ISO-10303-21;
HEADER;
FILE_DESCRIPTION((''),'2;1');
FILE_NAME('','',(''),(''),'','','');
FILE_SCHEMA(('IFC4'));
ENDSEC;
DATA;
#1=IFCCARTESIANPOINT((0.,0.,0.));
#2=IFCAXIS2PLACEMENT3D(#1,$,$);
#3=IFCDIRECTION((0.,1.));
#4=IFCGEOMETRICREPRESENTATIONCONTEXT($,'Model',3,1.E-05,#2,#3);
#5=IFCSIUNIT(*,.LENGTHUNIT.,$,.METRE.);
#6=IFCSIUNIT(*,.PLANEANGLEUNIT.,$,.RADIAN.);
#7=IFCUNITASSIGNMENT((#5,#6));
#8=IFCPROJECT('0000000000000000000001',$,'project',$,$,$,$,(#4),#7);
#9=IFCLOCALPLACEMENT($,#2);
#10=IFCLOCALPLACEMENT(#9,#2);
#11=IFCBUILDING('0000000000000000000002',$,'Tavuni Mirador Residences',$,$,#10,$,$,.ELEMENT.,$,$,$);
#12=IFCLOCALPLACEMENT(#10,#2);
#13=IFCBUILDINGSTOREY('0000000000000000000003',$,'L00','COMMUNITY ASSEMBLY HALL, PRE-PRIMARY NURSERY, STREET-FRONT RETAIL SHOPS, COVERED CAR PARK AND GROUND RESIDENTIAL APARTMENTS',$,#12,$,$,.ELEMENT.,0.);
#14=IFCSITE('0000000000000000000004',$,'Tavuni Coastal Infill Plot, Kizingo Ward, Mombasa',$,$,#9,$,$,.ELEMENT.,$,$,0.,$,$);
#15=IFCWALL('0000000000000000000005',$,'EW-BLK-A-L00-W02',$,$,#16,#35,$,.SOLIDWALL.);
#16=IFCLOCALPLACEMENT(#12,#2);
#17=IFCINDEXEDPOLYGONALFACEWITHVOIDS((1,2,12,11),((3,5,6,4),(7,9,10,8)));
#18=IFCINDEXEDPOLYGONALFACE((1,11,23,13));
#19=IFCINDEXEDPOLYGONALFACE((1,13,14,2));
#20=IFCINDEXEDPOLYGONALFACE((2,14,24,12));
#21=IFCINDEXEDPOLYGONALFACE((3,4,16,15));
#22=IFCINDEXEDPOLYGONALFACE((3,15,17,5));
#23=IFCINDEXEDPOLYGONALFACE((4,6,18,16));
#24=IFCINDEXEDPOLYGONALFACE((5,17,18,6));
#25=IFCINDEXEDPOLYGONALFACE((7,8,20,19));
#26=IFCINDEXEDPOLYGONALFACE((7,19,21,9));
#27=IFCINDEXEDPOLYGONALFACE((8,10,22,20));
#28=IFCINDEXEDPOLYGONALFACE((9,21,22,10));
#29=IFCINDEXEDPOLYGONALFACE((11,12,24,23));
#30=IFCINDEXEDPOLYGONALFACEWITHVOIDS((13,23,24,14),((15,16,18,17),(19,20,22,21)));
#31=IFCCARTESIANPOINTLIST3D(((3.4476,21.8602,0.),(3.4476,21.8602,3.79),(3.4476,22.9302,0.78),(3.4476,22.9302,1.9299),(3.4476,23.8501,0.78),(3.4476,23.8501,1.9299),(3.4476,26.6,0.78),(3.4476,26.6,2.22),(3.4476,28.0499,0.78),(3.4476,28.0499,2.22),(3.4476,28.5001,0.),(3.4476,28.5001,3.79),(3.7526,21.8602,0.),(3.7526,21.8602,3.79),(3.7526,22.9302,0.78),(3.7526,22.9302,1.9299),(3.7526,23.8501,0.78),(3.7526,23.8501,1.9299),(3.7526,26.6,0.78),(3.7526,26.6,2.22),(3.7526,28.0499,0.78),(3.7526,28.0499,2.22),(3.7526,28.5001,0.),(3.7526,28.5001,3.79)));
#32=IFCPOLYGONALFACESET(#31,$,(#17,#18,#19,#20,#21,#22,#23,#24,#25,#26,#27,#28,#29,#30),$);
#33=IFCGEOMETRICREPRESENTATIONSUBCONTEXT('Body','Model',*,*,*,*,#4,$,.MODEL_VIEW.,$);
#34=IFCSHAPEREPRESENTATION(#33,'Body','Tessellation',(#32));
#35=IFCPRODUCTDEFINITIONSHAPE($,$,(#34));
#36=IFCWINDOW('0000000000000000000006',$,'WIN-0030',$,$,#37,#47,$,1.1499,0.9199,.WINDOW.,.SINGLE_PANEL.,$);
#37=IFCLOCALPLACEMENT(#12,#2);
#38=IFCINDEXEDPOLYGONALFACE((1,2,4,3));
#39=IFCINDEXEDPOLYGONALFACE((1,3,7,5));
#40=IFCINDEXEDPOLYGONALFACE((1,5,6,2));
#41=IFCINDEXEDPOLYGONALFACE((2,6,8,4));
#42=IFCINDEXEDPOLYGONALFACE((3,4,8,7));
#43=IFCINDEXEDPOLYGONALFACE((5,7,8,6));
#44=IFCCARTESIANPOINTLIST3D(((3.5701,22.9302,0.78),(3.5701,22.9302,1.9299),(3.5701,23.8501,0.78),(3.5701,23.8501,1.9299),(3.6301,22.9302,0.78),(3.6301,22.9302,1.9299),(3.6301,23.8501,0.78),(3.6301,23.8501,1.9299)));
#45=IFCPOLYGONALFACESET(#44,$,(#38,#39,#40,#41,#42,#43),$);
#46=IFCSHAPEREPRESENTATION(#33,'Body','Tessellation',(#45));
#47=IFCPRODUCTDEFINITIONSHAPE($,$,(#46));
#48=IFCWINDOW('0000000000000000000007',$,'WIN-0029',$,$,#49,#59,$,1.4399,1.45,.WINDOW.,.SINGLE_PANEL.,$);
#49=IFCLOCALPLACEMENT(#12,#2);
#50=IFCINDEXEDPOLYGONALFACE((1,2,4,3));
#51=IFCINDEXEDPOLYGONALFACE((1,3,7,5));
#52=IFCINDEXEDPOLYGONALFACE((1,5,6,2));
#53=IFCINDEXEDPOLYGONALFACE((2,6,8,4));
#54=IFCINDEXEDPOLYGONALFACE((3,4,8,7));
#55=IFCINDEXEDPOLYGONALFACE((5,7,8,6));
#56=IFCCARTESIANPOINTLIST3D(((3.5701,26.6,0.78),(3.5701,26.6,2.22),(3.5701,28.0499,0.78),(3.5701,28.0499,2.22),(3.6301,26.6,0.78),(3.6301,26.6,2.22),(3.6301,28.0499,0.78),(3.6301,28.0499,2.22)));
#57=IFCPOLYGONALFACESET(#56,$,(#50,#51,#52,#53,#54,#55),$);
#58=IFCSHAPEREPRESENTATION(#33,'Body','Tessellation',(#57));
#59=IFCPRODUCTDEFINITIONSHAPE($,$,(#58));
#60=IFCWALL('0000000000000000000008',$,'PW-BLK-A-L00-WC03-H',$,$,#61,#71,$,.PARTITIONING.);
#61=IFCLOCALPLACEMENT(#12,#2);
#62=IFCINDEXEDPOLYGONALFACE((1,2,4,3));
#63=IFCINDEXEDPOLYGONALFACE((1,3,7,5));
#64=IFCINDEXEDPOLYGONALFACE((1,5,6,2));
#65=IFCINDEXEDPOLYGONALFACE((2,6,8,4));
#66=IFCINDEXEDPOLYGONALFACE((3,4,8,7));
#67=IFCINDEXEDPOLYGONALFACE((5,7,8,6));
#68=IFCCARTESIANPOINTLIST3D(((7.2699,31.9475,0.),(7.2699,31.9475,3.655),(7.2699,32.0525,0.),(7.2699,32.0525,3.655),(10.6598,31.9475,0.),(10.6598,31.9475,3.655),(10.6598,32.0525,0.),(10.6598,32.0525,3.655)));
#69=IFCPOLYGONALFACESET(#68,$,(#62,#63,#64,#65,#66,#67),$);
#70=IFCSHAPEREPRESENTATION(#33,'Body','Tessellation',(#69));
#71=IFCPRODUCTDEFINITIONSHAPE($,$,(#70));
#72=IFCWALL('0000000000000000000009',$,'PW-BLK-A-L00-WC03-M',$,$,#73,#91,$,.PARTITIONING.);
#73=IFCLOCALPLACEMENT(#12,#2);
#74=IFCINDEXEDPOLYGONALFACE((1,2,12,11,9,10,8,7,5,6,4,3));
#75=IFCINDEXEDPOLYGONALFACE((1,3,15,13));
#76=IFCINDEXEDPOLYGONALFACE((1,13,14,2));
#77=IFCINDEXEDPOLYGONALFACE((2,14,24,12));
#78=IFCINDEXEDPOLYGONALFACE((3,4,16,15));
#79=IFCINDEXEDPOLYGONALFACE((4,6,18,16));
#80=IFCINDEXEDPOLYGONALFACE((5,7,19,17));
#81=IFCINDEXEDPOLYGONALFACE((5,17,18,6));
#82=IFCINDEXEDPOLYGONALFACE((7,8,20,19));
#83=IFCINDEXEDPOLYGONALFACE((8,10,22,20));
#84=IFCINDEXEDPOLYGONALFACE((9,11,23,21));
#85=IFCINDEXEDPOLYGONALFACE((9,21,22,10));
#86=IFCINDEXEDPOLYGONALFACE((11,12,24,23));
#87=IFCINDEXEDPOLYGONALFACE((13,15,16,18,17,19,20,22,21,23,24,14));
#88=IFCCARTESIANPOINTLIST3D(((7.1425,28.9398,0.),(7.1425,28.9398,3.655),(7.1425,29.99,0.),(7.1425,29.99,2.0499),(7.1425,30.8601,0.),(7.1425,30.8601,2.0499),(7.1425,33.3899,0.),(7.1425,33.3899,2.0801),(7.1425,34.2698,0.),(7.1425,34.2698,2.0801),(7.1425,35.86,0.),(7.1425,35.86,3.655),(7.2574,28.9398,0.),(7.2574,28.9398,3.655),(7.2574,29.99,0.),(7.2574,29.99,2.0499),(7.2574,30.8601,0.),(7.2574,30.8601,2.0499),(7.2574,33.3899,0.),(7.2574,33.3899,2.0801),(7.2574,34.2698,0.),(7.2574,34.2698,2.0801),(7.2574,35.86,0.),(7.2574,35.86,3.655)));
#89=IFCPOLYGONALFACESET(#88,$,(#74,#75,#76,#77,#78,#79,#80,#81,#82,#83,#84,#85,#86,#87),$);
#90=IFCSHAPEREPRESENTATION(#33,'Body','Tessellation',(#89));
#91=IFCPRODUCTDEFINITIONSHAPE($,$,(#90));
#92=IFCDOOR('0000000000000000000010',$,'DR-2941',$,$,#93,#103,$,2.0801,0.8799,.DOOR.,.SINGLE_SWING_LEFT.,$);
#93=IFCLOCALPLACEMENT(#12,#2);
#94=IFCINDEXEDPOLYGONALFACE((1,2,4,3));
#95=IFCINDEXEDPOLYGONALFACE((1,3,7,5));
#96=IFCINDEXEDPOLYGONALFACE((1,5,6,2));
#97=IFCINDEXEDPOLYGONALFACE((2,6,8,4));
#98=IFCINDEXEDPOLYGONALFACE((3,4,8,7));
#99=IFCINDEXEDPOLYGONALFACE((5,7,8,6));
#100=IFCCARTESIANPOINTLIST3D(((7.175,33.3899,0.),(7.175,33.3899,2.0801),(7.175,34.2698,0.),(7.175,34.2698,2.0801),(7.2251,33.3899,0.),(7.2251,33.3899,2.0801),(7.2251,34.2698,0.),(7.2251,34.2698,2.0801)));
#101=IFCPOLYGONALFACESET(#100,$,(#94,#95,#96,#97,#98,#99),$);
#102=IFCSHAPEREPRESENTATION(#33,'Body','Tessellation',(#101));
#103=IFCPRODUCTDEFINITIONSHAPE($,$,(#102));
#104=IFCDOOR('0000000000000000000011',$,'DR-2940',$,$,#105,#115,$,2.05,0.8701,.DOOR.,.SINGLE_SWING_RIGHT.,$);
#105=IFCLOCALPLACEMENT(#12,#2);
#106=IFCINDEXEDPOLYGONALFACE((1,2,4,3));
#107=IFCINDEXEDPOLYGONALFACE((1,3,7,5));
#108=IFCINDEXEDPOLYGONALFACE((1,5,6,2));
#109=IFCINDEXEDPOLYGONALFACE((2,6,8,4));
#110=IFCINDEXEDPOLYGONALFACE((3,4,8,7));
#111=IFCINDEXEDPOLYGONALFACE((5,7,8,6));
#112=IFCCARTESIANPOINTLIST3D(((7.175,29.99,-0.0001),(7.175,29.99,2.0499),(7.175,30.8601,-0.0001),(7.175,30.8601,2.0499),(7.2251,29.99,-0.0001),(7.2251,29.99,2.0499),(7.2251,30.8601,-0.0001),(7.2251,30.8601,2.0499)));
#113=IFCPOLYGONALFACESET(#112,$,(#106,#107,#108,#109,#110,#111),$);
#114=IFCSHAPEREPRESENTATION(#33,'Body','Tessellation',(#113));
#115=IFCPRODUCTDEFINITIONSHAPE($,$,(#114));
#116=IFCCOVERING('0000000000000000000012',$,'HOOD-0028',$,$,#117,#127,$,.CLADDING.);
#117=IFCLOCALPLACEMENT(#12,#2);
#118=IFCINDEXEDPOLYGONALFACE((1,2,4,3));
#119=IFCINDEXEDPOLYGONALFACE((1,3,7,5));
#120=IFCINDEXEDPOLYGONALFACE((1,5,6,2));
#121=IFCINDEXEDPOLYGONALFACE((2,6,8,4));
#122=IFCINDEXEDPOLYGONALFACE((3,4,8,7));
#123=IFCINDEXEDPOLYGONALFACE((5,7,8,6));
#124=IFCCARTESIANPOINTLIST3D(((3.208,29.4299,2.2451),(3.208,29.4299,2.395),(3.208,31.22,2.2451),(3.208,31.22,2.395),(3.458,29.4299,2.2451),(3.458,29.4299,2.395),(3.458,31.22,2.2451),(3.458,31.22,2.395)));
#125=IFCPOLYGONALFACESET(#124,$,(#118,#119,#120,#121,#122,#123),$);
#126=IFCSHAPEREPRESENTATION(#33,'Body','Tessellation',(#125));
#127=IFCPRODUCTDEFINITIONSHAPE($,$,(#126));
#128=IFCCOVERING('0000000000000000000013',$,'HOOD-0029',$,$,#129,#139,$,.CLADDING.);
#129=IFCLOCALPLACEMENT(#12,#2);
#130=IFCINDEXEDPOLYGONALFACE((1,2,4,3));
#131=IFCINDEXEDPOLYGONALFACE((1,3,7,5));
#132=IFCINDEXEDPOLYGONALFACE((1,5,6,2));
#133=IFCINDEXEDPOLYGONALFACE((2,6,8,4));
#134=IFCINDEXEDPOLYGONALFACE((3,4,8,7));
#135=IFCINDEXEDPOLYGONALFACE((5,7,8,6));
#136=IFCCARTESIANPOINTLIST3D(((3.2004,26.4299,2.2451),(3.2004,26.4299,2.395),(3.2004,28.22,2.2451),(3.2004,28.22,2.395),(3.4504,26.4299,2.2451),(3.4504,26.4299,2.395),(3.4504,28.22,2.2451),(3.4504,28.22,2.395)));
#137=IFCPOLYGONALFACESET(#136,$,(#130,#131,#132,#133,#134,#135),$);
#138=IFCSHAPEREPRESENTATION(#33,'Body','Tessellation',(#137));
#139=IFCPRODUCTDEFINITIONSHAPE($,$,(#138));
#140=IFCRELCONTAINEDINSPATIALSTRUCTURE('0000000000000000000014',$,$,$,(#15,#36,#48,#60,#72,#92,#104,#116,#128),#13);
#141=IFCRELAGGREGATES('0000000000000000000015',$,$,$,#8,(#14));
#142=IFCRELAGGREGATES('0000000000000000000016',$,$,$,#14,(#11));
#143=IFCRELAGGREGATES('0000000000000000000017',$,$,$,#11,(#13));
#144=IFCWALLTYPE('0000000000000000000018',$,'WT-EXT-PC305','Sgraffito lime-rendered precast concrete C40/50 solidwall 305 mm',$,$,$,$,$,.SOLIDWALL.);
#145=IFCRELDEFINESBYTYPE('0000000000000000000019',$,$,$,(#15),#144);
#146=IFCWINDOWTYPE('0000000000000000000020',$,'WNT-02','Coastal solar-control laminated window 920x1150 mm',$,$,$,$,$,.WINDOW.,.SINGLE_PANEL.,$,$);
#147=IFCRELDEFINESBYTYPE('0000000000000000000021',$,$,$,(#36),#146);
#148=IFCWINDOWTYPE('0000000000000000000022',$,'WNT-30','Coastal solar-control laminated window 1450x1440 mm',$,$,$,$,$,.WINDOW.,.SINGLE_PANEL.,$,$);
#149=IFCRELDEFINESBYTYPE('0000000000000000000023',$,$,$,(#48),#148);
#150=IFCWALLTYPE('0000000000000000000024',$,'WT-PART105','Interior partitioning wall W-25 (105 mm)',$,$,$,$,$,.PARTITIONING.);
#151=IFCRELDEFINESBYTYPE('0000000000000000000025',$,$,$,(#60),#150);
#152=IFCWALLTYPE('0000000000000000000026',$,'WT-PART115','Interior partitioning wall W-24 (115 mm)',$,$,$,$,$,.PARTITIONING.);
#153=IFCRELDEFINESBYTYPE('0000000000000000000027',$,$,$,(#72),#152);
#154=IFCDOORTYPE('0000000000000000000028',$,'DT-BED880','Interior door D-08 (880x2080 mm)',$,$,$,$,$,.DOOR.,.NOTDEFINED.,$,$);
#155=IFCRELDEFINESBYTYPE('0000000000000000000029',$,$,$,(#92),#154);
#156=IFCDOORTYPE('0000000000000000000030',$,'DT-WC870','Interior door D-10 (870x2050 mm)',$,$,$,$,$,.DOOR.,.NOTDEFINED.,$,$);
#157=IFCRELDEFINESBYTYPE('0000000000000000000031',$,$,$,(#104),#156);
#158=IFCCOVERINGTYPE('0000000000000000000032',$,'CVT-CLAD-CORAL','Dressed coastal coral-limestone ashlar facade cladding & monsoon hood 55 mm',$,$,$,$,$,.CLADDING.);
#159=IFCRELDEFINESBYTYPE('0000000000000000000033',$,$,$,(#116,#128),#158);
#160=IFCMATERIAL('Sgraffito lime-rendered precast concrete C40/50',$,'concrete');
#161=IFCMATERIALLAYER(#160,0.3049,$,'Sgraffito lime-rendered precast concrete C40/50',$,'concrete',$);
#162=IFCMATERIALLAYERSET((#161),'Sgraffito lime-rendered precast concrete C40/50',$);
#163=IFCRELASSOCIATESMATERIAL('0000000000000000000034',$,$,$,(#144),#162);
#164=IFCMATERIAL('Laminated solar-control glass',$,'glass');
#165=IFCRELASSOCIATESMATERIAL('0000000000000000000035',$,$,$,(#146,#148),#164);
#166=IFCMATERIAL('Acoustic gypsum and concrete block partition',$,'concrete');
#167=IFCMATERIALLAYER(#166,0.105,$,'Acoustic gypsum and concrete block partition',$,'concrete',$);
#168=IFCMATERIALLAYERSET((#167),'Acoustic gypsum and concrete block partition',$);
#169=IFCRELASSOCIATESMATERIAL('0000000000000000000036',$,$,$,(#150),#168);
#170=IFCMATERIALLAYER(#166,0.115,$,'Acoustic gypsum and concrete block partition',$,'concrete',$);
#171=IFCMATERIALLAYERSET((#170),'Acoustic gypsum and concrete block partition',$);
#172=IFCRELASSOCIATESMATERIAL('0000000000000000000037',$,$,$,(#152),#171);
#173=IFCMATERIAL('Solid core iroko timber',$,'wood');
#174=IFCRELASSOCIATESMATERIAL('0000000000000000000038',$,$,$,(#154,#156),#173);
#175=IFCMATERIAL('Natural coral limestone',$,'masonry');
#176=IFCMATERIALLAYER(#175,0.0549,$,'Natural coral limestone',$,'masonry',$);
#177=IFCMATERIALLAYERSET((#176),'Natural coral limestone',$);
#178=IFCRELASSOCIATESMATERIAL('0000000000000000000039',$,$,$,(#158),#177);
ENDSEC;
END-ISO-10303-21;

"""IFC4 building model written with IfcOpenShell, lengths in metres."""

from ifc_helpers import new_model, si_unit, direction, frame, frame_2d, origin, origin_2d, place, context, subcontext, project, spatial, rectangle, extrude, material, layer, layer_set, type_object, element, fill, save


model = new_model("IFC4")

# Units and contexts
model_context = context("Model", 3, precision=1e-05, world=origin(), true_north=direction((0.0, 1.0)))
body_context = subcontext(model_context, "Body", "Model", "MODEL_VIEW")
ifc_project = project(units=[si_unit("LENGTHUNIT", "METRE"), si_unit("PLANEANGLEUNIT", "RADIAN")], contexts=[model_context])

# Site, building, storey
site_placement = place(None, origin())
site = spatial("IfcSite", under=ifc_project, at=site_placement, Name="Tavuni Coastal Infill Plot, Kizingo Ward, Mombasa", CompositionType="ELEMENT", RefElevation=0.0)
building_placement = place(site_placement, origin())
building = spatial("IfcBuilding", under=site, at=building_placement, Name="Tavuni Mirador Residences", CompositionType="ELEMENT")
storey_placement = place(building_placement, origin())
storey = spatial("IfcBuildingStorey", under=building, at=storey_placement, Name="L00", Description="COMMUNITY ASSEMBLY HALL, PRE-PRIMARY NURSERY, STREET-FRONT RETAIL SHOPS, COVERED CAR PARK AND GROUND RESIDENTIAL APARTMENTS", CompositionType="ELEMENT", Elevation=0.0)

# Wall, openings, windows
ifc_material_1 = material(Name="Sgraffito lime-rendered precast concrete C40/50", Category="concrete")
ifc_layer_1 = layer(ifc_material_1, 0.3049, Name="Sgraffito lime-rendered precast concrete C40/50", Category="concrete")
ifc_layer_set_1 = layer_set([ifc_layer_1], Name="Sgraffito lime-rendered precast concrete C40/50")
wall_type_1 = type_object("IfcWallType", Name="WT-EXT-PC305", Description="Sgraffito lime-rendered precast concrete C40/50 solidwall 305 mm", PredefinedType="SOLIDWALL", material=ifc_layer_set_1)
wall_1_placement = place(storey_placement, frame((3.6001, 28.5, 0.0), z_axis=(0.0, 0.0, 1.0), x_axis=(0.0, -1.0, 0.0)))
wall_1 = element("IfcWall", 1, at=wall_1_placement, inside=storey, type_object=wall_type_1, Name="EW-BLK-A-L00-W02", PredefinedType="SOLIDWALL", context=body_context, shape_type="SweptSolid", body=[
    extrude(rectangle(XDim=6.6399, YDim=0.3049, at=frame_2d((3.3198, 0.0))), origin(), (0.0, 0.0, 1.0), 3.79),
])
opening_1_placement = place(wall_1_placement, frame((0.45, 0.0, 0.78)))
opening_1 = element("IfcOpeningElement", 2, at=opening_1_placement, cuts=wall_1, PredefinedType="OPENING", context=body_context, shape_type="SweptSolid", body=[
    extrude(rectangle(XDim=1.45, YDim=1.4399, at=frame_2d((0.7251, 0.72))), frame((0.0, 0.1626, 0.0), z_axis=(0.0, -1.0, 0.0), x_axis=(1.0, 0.0, 0.0)), (0.0, 0.0, 1.0), 0.325),
])
opening_2_placement = place(wall_1_placement, frame((4.6499, 0.0, 0.78)))
opening_2 = element("IfcOpeningElement", 3, at=opening_2_placement, cuts=wall_1, PredefinedType="OPENING", context=body_context, shape_type="SweptSolid", body=[
    extrude(rectangle(XDim=0.9199, YDim=1.1499, at=frame_2d((0.46, 0.575))), frame((0.0, 0.1626, 0.0), z_axis=(0.0, -1.0, 0.0), x_axis=(1.0, 0.0, 0.0)), (0.0, 0.0, 1.0), 0.325),
])
ifc_material_2 = material(Name="Laminated solar-control glass", Category="glass")
window_type_1 = type_object("IfcWindowType", Name="WNT-02", Description="Coastal solar-control laminated window 920x1150 mm", PartitioningType="SINGLE_PANEL", PredefinedType="WINDOW", material=ifc_material_2)
window_1_placement = place(opening_2_placement, origin())
window_1 = element("IfcWindow", 4, at=window_1_placement, inside=storey, type_object=window_type_1, Name="WIN-0030", OverallHeight=1.1499, OverallWidth=0.9199, PartitioningType="SINGLE_PANEL", PredefinedType="WINDOW", context=body_context, shape_type="SweptSolid", body=[
    extrude(rectangle(XDim=0.9199, YDim=1.1499, at=frame_2d((0.46, 0.575))), frame((0.0, 0.03, 0.0), z_axis=(0.0, -1.0, 0.0), x_axis=(1.0, 0.0, 0.0)), (0.0, 0.0, 1.0), 0.0601),
])
fill(opening_2, window_1)
window_type_2 = type_object("IfcWindowType", Name="WNT-30", Description="Coastal solar-control laminated window 1450x1440 mm", PartitioningType="SINGLE_PANEL", PredefinedType="WINDOW", material=ifc_material_2)
window_2_placement = place(opening_1_placement, origin())
window_2 = element("IfcWindow", 5, at=window_2_placement, inside=storey, type_object=window_type_2, Name="WIN-0029", OverallHeight=1.4399, OverallWidth=1.45, PartitioningType="SINGLE_PANEL", PredefinedType="WINDOW", context=body_context, shape_type="SweptSolid", body=[
    extrude(rectangle(XDim=1.45, YDim=1.4399, at=frame_2d((0.7251, 0.72))), frame((0.0, 0.03, 0.0), z_axis=(0.0, -1.0, 0.0), x_axis=(1.0, 0.0, 0.0)), (0.0, 0.0, 1.0), 0.0601),
])
fill(opening_1, window_2)

# Wall
ifc_material_3 = material(Name="Acoustic gypsum and concrete block partition", Category="concrete")
ifc_layer_2 = layer(ifc_material_3, 0.105, Name="Acoustic gypsum and concrete block partition", Category="concrete")
ifc_layer_set_2 = layer_set([ifc_layer_2], Name="Acoustic gypsum and concrete block partition")
wall_type_2 = type_object("IfcWallType", Name="WT-PART105", Description="Interior partitioning wall W-25 (105 mm)", PredefinedType="PARTITIONING", material=ifc_layer_set_2)
wall_2_placement = place(storey_placement, frame((7.27, 32.0, 0.0), z_axis=(0.0, 0.0, 1.0), x_axis=(1.0, 0.0, 0.0)))
element("IfcWall", 6, at=wall_2_placement, inside=storey, type_object=wall_type_2, Name="PW-BLK-A-L00-WC03-H", PredefinedType="PARTITIONING", context=body_context, shape_type="SweptSolid", body=[
    extrude(rectangle(XDim=3.3899, YDim=0.105, at=frame_2d((1.6948, 0.0))), origin(), (0.0, 0.0, 1.0), 3.655),
])

# Wall, openings, doors
ifc_layer_3 = layer(ifc_material_3, 0.115, Name="Acoustic gypsum and concrete block partition", Category="concrete")
ifc_layer_set_3 = layer_set([ifc_layer_3], Name="Acoustic gypsum and concrete block partition")
wall_type_3 = type_object("IfcWallType", Name="WT-PART115", Description="Interior partitioning wall W-24 (115 mm)", PredefinedType="PARTITIONING", material=ifc_layer_set_3)
wall_3_placement = place(storey_placement, frame((7.2, 28.9399, 0.0), z_axis=(0.0, 0.0, 1.0), x_axis=(0.0, 1.0, 0.0)))
wall_3 = element("IfcWall", 7, at=wall_3_placement, inside=storey, type_object=wall_type_3, Name="PW-BLK-A-L00-WC03-M", PredefinedType="PARTITIONING", context=body_context, shape_type="SweptSolid", body=[
    extrude(rectangle(XDim=6.9202, YDim=0.115, at=frame_2d((3.46, 0.0))), origin(), (0.0, 0.0, 1.0), 3.655),
])
opening_3_placement = place(wall_3_placement, frame((1.05, 0.0, 0.0)))
opening_3 = element("IfcOpeningElement", 8, at=opening_3_placement, cuts=wall_3, PredefinedType="OPENING", context=body_context, shape_type="SweptSolid", body=[
    extrude(rectangle(XDim=0.8701, YDim=2.05, at=frame_2d((0.4351, 1.0249))), frame((0.0, 0.0674, 0.0), z_axis=(0.0, -1.0, 0.0), x_axis=(1.0, 0.0, 0.0)), (0.0, 0.0, 1.0), 0.135),
])
opening_4_placement = place(wall_3_placement, frame((4.45, 0.0, 0.0)))
opening_4 = element("IfcOpeningElement", 9, at=opening_4_placement, cuts=wall_3, PredefinedType="OPENING", context=body_context, shape_type="SweptSolid", body=[
    extrude(rectangle(XDim=0.8799, YDim=2.0801, at=frame_2d((0.4399, 1.04))), frame((0.0, 0.0674, 0.0), z_axis=(0.0, -1.0, 0.0), x_axis=(1.0, 0.0, 0.0)), (0.0, 0.0, 1.0), 0.135),
])
ifc_material_4 = material(Name="Solid core iroko timber", Category="wood")
door_type_1 = type_object("IfcDoorType", Name="DT-BED880", Description="Interior door D-08 (880x2080 mm)", OperationType="NOTDEFINED", PredefinedType="DOOR", material=ifc_material_4)
door_1_placement = place(opening_4_placement, origin())
door_1 = element("IfcDoor", 10, at=door_1_placement, inside=storey, type_object=door_type_1, Name="DR-2941", OperationType="SINGLE_SWING_LEFT", OverallHeight=2.0801, OverallWidth=0.8799, PredefinedType="DOOR", context=body_context, shape_type="SweptSolid", body=[
    extrude(rectangle(XDim=0.8799, YDim=2.0801, at=frame_2d((0.4399, 1.04))), frame((0.0, 0.0249, 0.0), z_axis=(0.0, -1.0, 0.0), x_axis=(1.0, 0.0, 0.0)), (0.0, 0.0, 1.0), 0.05),
])
fill(opening_4, door_1)
door_type_2 = type_object("IfcDoorType", Name="DT-WC870", Description="Interior door D-10 (870x2050 mm)", OperationType="NOTDEFINED", PredefinedType="DOOR", material=ifc_material_4)
door_2_placement = place(opening_3_placement, origin())
door_2 = element("IfcDoor", 11, at=door_2_placement, inside=storey, type_object=door_type_2, Name="DR-2940", OperationType="SINGLE_SWING_RIGHT", OverallHeight=2.05, OverallWidth=0.8701, PredefinedType="DOOR", context=body_context, shape_type="SweptSolid", body=[
    extrude(rectangle(XDim=0.8701, YDim=2.05, at=frame_2d((0.4351, 1.0249))), frame((0.0, 0.0249, 0.0), z_axis=(0.0, -1.0, 0.0), x_axis=(1.0, 0.0, 0.0)), (0.0, 0.0, 1.0), 0.05),
])
fill(opening_3, door_2)

# Coverings
ifc_material_5 = material(Name="Natural coral limestone", Category="masonry")
ifc_layer_4 = layer(ifc_material_5, 0.0549, Name="Natural coral limestone", Category="masonry")
ifc_layer_set_4 = layer_set([ifc_layer_4], Name="Natural coral limestone")
covering_type = type_object("IfcCoveringType", Name="CVT-CLAD-CORAL", Description="Dressed coastal coral-limestone ashlar facade cladding & monsoon hood 55 mm", PredefinedType="CLADDING", material=ifc_layer_set_4)
for number, where, z_axis, x_axis, name in (
    (12, (3.333, 30.325, 2.2451), (0.0, 0.0, 1.0), (0.0, -1.0, 0.0), "HOOD-0028"),
    (13, (3.3254, 27.325, 2.2451), (0.0, 0.0, 1.0), (0.0, -1.0, 0.0), "HOOD-0029"),
):
    element("IfcCovering", number, at=place(storey_placement, frame(where, z_axis=z_axis, x_axis=x_axis)), inside=storey, type_object=covering_type, Name=name, PredefinedType="CLADDING", context=body_context, shape_type="SweptSolid", body=[
        extrude(rectangle(XDim=1.79, YDim=0.25, at=origin_2d()), origin(), (0.0, 0.0, 1.0), 0.1499),
    ])

save(model, "model.ifc")
